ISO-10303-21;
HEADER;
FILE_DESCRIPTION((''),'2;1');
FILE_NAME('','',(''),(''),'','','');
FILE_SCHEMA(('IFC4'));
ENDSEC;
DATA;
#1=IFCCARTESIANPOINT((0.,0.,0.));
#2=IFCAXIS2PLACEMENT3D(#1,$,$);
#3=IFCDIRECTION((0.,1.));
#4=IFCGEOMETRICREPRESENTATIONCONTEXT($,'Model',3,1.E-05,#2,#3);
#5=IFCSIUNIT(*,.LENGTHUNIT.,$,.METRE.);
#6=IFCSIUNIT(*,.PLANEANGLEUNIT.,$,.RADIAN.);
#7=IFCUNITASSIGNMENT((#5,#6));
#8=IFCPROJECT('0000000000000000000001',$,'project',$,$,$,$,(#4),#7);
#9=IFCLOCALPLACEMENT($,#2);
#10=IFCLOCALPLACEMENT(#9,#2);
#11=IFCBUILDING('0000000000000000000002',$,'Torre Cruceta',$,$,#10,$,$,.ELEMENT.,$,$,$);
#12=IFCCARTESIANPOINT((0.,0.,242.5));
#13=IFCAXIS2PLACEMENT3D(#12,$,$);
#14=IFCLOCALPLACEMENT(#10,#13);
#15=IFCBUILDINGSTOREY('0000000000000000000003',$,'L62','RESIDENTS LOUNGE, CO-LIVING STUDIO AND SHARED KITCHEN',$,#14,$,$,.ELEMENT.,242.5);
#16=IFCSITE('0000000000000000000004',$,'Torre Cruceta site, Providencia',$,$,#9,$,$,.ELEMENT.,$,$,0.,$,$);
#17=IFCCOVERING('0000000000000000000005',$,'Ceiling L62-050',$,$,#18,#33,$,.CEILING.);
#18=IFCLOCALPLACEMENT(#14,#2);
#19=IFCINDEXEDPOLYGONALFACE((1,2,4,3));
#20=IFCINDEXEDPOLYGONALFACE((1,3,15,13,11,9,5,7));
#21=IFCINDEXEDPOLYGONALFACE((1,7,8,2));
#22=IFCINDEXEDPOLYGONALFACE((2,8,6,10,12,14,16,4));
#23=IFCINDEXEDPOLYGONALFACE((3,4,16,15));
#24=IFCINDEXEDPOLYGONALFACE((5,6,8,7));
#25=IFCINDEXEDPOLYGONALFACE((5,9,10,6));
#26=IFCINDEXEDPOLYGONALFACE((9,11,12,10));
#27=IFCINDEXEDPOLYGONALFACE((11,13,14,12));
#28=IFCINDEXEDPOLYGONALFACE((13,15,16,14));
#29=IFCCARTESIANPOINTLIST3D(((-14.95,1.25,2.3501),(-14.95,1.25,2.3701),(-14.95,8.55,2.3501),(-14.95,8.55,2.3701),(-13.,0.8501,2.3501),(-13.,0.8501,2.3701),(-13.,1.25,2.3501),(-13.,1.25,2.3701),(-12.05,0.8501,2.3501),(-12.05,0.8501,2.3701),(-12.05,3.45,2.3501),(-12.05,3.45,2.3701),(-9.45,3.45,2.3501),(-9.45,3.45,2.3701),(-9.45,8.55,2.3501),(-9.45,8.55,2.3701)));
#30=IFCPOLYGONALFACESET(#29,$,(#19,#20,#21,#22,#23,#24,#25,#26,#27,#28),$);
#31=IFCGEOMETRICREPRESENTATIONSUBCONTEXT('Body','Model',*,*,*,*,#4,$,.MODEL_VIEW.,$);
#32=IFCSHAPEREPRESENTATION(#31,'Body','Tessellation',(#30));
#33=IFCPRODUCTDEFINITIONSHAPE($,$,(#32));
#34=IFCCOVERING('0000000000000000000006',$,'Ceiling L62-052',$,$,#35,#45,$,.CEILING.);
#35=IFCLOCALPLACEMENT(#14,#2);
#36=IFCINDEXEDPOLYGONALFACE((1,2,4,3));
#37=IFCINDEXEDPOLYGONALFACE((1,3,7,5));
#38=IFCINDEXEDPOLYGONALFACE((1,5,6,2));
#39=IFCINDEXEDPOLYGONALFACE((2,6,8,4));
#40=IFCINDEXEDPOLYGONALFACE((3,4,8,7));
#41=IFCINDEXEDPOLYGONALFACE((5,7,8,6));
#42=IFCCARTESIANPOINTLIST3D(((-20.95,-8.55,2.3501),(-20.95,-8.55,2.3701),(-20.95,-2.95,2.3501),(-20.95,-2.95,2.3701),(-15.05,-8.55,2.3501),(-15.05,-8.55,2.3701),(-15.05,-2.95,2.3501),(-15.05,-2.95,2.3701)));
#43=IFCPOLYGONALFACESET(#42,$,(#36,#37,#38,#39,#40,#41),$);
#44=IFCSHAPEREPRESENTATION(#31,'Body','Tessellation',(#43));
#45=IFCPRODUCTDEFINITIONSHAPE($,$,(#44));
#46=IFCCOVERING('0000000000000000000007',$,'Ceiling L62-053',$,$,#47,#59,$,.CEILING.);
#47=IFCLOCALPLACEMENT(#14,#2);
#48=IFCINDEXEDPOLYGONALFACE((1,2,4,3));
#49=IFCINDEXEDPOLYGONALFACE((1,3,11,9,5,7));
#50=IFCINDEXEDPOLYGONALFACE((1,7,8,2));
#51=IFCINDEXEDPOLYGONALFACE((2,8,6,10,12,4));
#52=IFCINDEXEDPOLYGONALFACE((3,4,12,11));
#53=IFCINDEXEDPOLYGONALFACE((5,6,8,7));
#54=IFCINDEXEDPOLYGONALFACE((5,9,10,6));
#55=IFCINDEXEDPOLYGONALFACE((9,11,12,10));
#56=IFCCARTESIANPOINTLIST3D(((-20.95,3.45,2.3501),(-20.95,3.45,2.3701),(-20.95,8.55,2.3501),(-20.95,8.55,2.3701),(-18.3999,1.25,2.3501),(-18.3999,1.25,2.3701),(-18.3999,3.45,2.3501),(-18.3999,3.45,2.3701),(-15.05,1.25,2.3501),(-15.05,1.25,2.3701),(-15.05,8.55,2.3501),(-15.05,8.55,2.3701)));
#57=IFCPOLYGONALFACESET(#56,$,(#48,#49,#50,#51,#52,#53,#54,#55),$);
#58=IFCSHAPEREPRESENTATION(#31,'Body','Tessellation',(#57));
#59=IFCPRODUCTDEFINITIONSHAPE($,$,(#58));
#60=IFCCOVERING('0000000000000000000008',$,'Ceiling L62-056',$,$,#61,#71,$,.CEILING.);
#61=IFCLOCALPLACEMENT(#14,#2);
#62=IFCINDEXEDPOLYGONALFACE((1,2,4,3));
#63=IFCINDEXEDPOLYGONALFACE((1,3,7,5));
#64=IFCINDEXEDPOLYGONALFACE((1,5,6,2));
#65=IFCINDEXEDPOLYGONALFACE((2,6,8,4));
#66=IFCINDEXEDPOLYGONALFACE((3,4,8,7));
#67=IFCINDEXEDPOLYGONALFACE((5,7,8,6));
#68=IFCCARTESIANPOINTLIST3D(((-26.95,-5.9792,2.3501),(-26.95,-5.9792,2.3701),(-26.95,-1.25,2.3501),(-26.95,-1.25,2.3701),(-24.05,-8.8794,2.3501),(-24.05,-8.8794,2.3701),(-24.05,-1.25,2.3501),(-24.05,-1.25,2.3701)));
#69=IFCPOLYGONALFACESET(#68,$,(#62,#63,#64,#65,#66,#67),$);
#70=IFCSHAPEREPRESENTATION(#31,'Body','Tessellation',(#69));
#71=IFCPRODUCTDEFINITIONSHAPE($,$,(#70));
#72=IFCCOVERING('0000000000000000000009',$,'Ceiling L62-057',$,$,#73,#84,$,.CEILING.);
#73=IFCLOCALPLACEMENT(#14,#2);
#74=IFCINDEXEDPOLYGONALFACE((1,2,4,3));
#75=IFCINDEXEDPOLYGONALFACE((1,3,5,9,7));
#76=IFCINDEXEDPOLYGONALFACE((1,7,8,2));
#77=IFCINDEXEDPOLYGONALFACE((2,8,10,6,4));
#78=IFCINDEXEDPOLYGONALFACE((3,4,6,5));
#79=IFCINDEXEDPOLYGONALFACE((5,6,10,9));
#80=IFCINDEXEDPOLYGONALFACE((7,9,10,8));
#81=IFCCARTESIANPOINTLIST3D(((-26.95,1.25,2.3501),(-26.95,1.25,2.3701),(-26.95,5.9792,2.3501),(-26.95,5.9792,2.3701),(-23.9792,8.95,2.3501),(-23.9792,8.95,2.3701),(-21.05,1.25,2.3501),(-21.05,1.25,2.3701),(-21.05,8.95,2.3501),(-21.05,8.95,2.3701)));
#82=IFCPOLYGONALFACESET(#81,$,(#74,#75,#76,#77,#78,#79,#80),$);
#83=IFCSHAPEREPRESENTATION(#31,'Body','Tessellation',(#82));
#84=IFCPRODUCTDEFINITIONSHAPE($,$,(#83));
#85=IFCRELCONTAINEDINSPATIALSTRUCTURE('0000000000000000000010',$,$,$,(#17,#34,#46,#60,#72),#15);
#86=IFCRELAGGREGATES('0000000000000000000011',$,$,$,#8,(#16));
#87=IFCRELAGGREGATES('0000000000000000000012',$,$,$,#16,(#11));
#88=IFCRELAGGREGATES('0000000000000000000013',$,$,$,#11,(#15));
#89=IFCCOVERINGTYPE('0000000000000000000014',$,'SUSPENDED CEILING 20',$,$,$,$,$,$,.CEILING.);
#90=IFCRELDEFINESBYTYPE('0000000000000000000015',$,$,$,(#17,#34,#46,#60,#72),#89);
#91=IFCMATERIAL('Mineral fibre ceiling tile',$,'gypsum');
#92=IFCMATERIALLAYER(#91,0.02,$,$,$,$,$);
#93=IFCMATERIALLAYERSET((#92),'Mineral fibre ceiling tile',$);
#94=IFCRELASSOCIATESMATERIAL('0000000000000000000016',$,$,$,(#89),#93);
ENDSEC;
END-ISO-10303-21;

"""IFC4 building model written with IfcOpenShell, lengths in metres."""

from ifc_helpers import new_model, si_unit, direction, frame, origin, place, context, subcontext, project, spatial, polyline, outline, extrude, material, layer, layer_set, type_object, element, save


model = new_model("IFC4")

# Units and contexts
model_context = context("Model", 3, precision=1e-05, world=origin(), true_north=direction((0.0, 1.0)))
body_context = subcontext(model_context, "Body", "Model", "MODEL_VIEW")
ifc_project = project(units=[si_unit("LENGTHUNIT", "METRE"), si_unit("PLANEANGLEUNIT", "RADIAN")], contexts=[model_context])

# Site, building, storey
site_placement = place(None, origin())
site = spatial("IfcSite", under=ifc_project, at=site_placement, Name="Torre Cruceta site, Providencia", CompositionType="ELEMENT", RefElevation=0.0)
building_placement = place(site_placement, origin())
building = spatial("IfcBuilding", under=site, at=building_placement, Name="Torre Cruceta", CompositionType="ELEMENT")
storey_placement = place(building_placement, frame((0.0, 0.0, 242.5)))
storey = spatial("IfcBuildingStorey", under=building, at=storey_placement, Name="L62", Description="RESIDENTS LOUNGE, CO-LIVING STUDIO AND SHARED KITCHEN", CompositionType="ELEMENT", Elevation=242.5)

# Coverings
ifc_material_1 = material(Name="Mineral fibre ceiling tile", Category="gypsum")
ifc_layer_1 = layer(ifc_material_1, 0.02)
ifc_layer_set_1 = layer_set([ifc_layer_1], Name="Mineral fibre ceiling tile")
covering_type_1 = type_object("IfcCoveringType", Name="SUSPENDED CEILING 20", PredefinedType="CEILING", material=ifc_layer_set_1)
covering_1_placement = place(storey_placement, frame((0.0, 0.0, 2.3501)))
element("IfcCovering", 1, at=covering_1_placement, inside=storey, type_object=covering_type_1, Name="Ceiling L62-050", PredefinedType="CEILING", context=body_context, shape_type="SweptSolid", body=[
    extrude(outline(polyline([(-14.95, 8.55), (-9.45, 8.55), (-9.45, 3.45), (-12.05, 3.45), (-12.05, 0.8501), (-13.0, 0.8501), (-13.0, 1.25), (-14.95, 1.25), (-14.95, 8.55)])), origin(), (0.0, 0.0, 1.0), 0.02),
])
covering_2_placement = place(storey_placement, frame((0.0, 0.0, 2.3501)))
element("IfcCovering", 2, at=covering_2_placement, inside=storey, type_object=covering_type_1, Name="Ceiling L62-052", PredefinedType="CEILING", context=body_context, shape_type="SweptSolid", body=[
    extrude(outline(polyline([(-15.05, -2.95), (-15.05, -8.55), (-20.95, -8.55), (-20.95, -2.95), (-15.05, -2.95)])), origin(), (0.0, 0.0, 1.0), 0.02),
])
covering_3_placement = place(storey_placement, frame((0.0, 0.0, 2.3501)))
element("IfcCovering", 3, at=covering_3_placement, inside=storey, type_object=covering_type_1, Name="Ceiling L62-053", PredefinedType="CEILING", context=body_context, shape_type="SweptSolid", body=[
    extrude(outline(polyline([(-15.05, 8.55), (-15.05, 1.25), (-18.3999, 1.25), (-18.3999, 3.45), (-20.95, 3.45), (-20.95, 8.55), (-15.05, 8.55)])), origin(), (0.0, 0.0, 1.0), 0.02),
])
covering_4_placement = place(storey_placement, frame((0.0, 0.0, 2.3501)))
element("IfcCovering", 4, at=covering_4_placement, inside=storey, type_object=covering_type_1, Name="Ceiling L62-056", PredefinedType="CEILING", context=body_context, shape_type="SweptSolid", body=[
    extrude(outline(polyline([(-26.95, -1.25), (-24.05, -1.25), (-24.05, -8.8794), (-26.95, -5.9792), (-26.95, -1.25)])), origin(), (0.0, 0.0, 1.0), 0.02),
])
covering_5_placement = place(storey_placement, frame((0.0, 0.0, 2.3501)))
element("IfcCovering", 5, at=covering_5_placement, inside=storey, type_object=covering_type_1, Name="Ceiling L62-057", PredefinedType="CEILING", context=body_context, shape_type="SweptSolid", body=[
    extrude(outline(polyline([(-23.9792, 8.95), (-21.05, 8.95), (-21.05, 1.25), (-26.95, 1.25), (-26.95, 5.9792), (-23.9792, 8.95)])), origin(), (0.0, 0.0, 1.0), 0.02),
])

save(model, "model.ifc")
